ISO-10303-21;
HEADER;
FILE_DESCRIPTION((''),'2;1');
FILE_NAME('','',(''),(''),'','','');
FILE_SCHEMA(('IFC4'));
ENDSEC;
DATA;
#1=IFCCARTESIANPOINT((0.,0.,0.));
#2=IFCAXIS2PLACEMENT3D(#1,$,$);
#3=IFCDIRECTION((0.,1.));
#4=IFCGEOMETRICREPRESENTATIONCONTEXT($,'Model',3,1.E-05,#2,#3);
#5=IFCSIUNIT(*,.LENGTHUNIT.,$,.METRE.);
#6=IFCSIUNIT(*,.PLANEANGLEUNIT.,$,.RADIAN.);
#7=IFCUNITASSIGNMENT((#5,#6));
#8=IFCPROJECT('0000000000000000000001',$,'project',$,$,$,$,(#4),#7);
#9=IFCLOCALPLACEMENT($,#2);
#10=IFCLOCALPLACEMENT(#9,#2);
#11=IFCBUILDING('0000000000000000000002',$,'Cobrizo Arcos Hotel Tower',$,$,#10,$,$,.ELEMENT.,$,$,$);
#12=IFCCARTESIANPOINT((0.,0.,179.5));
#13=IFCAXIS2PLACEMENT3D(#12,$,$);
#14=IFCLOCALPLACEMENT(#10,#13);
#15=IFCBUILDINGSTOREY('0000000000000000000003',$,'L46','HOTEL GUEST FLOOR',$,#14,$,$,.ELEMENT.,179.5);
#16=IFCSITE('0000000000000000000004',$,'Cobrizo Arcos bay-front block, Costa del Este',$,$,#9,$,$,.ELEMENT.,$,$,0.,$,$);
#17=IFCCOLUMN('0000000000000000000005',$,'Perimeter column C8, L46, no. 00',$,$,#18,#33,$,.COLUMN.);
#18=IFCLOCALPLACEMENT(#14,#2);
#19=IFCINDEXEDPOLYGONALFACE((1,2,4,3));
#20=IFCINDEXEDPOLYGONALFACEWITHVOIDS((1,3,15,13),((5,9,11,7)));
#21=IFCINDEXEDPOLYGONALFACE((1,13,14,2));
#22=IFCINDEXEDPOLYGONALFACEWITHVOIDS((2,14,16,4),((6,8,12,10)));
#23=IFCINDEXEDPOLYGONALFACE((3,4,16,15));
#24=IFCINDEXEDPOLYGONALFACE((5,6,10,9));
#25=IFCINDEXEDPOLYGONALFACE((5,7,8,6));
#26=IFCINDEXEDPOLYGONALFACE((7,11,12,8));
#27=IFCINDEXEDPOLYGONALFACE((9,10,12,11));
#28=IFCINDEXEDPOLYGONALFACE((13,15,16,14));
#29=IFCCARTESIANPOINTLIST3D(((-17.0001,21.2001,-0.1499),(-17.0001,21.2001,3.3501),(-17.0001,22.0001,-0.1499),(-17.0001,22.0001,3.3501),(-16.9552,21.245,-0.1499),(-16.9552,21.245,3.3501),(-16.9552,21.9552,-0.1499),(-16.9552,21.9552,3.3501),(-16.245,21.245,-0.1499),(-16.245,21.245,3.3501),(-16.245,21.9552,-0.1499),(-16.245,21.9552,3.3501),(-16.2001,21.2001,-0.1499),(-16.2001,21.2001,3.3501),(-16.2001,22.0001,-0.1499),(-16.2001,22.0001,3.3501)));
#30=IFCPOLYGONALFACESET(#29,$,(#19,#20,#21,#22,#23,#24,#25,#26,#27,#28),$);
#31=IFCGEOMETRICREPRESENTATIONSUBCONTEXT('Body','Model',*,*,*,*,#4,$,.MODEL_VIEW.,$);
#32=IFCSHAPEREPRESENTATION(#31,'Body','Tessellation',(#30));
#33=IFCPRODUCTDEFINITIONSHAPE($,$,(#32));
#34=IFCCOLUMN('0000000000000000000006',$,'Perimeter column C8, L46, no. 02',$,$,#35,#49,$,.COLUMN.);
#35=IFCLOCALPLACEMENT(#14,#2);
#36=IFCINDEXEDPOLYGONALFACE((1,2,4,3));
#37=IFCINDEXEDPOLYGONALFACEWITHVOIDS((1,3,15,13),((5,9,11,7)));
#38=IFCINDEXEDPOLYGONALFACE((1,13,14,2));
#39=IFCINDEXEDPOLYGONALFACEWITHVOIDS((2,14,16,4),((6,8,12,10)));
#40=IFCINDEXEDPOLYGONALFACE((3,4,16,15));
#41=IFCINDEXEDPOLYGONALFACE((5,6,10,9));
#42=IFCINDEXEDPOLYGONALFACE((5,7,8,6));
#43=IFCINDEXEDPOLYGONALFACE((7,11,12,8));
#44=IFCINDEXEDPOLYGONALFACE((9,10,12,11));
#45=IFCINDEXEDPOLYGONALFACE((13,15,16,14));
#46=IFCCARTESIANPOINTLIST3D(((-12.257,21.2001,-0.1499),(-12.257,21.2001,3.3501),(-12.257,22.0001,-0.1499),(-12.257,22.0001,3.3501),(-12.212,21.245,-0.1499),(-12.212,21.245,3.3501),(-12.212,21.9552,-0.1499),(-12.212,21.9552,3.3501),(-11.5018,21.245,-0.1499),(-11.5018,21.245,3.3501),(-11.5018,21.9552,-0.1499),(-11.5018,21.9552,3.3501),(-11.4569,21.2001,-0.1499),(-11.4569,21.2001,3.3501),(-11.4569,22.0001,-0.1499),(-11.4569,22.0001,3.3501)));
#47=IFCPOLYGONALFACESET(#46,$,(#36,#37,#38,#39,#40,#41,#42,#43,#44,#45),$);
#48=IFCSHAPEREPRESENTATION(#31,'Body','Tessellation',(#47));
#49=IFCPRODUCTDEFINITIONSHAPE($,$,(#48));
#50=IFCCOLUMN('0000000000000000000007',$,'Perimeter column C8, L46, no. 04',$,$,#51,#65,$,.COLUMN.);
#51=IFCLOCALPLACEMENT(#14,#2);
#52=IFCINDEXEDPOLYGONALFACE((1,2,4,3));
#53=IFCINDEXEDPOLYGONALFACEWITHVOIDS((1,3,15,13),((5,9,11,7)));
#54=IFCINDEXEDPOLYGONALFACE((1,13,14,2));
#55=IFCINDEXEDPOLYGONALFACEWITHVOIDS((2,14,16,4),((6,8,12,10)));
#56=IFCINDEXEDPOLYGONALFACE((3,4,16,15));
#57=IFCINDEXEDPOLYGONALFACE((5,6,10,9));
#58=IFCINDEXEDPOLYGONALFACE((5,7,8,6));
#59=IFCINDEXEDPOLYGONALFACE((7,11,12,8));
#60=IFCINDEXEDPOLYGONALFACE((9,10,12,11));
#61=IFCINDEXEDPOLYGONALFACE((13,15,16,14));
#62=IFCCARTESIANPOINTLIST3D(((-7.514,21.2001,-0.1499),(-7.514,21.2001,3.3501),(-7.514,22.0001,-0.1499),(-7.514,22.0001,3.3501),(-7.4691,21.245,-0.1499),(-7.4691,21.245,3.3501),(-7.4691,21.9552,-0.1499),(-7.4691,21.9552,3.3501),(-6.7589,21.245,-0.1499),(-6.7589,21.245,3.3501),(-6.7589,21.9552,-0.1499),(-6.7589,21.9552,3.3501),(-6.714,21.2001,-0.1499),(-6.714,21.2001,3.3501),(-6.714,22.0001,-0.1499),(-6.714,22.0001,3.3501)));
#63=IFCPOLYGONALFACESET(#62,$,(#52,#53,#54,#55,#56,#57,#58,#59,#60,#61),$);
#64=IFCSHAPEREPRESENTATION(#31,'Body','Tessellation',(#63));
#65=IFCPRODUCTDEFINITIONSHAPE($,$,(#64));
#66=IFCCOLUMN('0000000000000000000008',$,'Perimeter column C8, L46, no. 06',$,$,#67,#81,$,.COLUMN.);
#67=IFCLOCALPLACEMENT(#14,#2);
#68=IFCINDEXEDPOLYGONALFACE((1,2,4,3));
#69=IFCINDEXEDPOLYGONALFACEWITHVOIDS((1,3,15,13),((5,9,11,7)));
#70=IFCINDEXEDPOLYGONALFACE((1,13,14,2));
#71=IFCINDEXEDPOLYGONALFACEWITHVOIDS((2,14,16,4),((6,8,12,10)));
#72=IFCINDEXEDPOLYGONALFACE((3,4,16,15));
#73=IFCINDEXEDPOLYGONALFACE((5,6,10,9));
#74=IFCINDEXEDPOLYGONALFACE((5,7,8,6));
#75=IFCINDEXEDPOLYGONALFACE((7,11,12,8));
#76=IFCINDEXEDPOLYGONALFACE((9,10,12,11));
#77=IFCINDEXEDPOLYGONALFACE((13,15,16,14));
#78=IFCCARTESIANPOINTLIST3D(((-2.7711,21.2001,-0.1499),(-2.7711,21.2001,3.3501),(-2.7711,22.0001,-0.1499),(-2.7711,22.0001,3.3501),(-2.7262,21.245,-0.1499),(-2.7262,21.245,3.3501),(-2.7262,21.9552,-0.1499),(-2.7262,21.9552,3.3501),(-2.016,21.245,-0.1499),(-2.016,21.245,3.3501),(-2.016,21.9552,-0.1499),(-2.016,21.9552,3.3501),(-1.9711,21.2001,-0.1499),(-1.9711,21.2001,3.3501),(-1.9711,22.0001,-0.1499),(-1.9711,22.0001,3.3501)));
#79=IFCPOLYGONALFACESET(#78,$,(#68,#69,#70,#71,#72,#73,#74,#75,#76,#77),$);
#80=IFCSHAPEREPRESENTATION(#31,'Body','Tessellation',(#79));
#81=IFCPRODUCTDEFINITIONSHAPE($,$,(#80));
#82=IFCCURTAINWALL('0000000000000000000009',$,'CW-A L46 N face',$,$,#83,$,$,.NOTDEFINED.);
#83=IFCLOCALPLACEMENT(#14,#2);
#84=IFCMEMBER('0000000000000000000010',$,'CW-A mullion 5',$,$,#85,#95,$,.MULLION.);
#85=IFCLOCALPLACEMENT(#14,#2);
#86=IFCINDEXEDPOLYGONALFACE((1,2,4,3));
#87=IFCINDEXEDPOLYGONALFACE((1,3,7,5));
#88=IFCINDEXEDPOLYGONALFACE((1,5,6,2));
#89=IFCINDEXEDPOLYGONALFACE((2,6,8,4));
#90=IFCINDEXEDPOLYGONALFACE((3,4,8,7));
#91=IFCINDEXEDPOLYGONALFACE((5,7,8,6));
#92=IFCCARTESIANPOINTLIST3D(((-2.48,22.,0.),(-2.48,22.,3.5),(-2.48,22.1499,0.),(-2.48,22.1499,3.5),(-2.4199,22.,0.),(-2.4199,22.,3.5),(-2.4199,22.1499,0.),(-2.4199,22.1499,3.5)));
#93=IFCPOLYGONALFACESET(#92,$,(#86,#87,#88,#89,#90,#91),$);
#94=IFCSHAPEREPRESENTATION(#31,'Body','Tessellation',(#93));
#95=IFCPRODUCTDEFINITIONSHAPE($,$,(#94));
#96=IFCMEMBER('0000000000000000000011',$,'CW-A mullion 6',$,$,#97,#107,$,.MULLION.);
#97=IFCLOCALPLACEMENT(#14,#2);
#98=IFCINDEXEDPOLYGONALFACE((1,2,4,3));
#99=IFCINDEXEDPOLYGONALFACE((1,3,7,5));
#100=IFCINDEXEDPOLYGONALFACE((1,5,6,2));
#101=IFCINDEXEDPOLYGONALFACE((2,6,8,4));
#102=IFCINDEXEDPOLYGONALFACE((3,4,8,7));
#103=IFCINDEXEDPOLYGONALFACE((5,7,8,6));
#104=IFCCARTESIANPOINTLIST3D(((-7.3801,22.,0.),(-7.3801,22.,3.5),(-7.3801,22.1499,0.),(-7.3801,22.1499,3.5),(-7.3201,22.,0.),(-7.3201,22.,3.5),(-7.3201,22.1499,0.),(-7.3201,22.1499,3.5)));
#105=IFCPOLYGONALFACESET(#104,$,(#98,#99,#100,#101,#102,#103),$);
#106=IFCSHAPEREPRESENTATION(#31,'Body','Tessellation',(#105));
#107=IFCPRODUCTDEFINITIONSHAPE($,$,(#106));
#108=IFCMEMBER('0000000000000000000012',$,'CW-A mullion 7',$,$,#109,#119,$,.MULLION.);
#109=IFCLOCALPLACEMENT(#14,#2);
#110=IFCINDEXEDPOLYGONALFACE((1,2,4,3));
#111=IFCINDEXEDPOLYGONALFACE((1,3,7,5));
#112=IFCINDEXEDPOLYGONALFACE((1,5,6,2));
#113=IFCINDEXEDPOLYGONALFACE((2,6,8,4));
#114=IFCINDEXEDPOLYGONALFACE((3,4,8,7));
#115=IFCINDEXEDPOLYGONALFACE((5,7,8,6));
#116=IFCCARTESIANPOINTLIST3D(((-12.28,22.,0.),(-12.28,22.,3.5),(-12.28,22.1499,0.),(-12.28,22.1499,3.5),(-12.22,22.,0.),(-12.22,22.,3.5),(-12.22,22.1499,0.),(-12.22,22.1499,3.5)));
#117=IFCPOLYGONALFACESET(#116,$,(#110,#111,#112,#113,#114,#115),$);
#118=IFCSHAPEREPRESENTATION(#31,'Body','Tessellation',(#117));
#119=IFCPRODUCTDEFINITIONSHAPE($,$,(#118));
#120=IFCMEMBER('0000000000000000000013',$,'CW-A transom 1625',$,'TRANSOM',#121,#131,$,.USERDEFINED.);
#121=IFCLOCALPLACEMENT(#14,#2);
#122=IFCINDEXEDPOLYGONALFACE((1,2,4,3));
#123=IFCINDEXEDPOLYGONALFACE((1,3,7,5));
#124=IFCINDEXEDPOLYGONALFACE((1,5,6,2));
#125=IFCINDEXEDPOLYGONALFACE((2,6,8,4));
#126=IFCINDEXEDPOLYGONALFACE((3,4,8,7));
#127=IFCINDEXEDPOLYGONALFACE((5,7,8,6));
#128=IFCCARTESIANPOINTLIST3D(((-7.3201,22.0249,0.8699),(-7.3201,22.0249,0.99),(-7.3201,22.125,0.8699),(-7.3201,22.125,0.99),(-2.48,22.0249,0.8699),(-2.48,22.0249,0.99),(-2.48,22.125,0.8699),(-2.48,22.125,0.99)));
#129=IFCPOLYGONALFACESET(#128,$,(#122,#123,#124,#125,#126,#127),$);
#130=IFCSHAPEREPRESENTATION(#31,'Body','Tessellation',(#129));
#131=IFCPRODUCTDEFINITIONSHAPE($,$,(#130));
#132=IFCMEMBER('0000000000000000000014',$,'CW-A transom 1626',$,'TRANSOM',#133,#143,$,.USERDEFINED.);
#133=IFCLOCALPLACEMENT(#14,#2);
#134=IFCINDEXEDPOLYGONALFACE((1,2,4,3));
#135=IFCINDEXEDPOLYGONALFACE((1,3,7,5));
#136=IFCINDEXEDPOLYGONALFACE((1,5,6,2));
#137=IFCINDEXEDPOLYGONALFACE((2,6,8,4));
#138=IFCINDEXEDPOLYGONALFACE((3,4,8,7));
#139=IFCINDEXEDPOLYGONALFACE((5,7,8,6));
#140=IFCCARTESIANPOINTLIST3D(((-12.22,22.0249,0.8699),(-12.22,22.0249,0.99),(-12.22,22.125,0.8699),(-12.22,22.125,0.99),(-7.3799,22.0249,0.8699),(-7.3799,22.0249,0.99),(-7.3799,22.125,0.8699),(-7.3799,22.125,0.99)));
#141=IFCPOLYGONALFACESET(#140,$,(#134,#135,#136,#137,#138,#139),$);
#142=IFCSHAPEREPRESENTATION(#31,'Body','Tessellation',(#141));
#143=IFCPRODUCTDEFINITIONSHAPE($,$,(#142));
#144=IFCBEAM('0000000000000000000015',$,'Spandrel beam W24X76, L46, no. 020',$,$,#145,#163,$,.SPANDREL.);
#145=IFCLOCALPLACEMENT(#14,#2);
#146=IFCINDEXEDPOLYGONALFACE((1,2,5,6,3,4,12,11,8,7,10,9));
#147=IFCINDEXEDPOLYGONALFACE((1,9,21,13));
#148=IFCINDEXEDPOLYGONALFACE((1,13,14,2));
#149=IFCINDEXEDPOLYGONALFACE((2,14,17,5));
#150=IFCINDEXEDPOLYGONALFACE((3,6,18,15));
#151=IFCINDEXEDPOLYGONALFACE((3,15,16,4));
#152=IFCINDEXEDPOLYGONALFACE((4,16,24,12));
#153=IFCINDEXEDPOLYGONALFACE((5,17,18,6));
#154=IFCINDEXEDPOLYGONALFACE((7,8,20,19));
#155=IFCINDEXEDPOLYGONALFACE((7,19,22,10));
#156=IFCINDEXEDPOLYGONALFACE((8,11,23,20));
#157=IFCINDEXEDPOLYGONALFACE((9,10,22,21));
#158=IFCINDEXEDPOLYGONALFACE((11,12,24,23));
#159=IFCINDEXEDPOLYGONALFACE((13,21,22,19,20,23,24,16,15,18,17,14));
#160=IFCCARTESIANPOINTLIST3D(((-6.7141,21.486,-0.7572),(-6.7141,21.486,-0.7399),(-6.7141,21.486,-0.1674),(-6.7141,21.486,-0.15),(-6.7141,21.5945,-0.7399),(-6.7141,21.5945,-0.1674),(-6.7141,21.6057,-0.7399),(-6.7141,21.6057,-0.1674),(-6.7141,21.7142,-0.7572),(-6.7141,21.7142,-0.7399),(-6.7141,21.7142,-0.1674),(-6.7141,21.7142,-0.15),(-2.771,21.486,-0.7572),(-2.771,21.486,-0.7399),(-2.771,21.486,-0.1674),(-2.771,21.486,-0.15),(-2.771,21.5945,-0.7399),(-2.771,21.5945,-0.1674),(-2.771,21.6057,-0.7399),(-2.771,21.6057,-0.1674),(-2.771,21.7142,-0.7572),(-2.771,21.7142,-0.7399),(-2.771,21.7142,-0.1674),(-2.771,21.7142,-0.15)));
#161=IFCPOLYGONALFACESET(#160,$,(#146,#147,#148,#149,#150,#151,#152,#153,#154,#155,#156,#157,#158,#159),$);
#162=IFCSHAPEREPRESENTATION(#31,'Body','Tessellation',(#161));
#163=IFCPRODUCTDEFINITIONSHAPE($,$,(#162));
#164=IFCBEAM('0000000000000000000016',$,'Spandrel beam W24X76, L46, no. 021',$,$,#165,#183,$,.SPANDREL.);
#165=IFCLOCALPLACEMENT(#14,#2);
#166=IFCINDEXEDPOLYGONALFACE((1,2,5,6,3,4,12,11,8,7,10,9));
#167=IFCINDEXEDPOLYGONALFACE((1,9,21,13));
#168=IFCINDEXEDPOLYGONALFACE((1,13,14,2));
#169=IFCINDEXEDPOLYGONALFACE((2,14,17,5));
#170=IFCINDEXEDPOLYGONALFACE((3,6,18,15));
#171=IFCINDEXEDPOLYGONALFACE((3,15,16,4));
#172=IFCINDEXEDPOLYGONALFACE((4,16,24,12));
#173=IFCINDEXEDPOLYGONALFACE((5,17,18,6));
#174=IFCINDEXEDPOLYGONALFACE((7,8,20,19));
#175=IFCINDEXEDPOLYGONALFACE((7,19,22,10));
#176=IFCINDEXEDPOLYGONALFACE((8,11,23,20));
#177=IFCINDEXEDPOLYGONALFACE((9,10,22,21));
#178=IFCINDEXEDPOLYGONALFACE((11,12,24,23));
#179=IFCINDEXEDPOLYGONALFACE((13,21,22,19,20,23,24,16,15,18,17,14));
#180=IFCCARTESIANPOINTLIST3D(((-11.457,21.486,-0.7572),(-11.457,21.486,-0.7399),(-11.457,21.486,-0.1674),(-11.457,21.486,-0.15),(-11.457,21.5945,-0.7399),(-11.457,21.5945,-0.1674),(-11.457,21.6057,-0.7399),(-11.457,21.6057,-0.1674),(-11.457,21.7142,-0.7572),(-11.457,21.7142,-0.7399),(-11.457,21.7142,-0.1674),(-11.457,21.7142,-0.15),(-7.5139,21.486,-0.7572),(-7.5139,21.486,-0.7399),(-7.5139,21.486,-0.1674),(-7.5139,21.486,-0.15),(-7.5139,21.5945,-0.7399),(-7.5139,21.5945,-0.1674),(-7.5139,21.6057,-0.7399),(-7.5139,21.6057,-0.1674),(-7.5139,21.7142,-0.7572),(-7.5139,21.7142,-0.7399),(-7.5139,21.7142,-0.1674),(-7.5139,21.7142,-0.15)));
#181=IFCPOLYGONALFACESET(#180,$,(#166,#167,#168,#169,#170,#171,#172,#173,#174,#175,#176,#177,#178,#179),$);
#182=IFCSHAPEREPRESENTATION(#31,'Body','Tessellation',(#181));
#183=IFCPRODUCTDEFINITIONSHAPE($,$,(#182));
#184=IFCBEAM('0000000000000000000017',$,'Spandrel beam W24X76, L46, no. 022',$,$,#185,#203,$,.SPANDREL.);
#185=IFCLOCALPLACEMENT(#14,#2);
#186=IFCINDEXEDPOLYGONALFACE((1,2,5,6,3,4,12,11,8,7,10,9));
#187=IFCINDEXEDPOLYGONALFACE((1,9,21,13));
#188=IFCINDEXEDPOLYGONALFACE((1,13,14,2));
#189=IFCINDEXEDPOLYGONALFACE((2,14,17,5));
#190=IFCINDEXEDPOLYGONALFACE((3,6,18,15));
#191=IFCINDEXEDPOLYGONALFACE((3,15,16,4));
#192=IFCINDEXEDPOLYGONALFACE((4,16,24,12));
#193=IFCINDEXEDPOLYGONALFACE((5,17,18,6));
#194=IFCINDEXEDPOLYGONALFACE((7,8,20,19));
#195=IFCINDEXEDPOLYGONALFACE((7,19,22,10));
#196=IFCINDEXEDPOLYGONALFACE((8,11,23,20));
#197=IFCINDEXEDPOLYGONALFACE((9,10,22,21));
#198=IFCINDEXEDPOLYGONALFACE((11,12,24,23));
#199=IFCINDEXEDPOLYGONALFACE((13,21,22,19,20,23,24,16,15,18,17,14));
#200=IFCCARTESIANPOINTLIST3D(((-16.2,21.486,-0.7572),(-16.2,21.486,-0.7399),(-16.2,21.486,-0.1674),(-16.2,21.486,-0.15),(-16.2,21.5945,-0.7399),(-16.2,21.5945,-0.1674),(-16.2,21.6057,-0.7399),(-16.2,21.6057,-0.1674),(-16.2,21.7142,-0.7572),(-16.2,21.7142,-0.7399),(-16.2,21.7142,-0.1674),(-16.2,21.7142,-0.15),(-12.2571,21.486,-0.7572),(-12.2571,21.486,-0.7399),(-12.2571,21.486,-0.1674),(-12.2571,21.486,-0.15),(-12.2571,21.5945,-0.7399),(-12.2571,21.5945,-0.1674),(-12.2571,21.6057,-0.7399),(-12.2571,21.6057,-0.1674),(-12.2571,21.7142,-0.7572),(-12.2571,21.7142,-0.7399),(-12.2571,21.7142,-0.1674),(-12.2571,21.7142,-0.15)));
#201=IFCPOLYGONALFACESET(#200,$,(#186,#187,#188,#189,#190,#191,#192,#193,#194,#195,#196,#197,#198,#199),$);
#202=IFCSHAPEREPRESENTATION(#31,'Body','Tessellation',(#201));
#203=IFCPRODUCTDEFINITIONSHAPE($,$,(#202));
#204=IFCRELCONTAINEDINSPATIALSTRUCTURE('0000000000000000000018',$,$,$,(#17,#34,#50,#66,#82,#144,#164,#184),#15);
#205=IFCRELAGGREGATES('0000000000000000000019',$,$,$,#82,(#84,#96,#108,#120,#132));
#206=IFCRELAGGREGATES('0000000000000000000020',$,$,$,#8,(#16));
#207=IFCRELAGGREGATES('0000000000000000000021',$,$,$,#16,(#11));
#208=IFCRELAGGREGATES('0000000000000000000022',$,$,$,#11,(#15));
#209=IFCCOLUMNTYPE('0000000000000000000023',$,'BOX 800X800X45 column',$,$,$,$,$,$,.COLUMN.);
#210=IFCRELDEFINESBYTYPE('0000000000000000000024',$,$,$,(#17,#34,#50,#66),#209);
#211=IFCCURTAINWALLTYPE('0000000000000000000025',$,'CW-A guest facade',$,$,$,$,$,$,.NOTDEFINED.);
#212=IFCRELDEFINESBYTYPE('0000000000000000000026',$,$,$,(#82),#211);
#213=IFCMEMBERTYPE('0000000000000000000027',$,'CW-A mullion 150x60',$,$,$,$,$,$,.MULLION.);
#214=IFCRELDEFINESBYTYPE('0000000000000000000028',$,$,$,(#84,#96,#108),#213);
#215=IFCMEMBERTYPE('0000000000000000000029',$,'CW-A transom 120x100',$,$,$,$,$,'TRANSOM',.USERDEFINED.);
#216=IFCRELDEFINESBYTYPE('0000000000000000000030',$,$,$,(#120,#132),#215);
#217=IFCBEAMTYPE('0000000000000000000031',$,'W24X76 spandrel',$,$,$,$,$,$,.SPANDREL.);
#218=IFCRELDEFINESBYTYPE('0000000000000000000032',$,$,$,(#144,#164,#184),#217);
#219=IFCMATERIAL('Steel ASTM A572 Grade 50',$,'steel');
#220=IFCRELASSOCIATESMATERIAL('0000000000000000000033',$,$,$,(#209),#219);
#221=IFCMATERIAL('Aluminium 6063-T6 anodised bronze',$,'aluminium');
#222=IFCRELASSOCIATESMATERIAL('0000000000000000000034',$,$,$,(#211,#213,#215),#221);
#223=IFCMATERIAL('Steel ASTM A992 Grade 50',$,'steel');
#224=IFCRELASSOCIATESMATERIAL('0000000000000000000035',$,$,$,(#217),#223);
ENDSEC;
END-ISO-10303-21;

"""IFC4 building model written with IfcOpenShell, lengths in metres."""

from ifc_helpers import new_model, si_unit, direction, frame, origin, origin_2d, place, context, subcontext, project, spatial, rectangle, hollow_rectangle, i_section, extrude, material, material_profile, profile_set, type_object, element, aggregate, save


model = new_model("IFC4")

# Units and contexts
model_context = context("Model", 3, precision=1e-05, world=origin(), true_north=direction((0.0, 1.0)))
body_context = subcontext(model_context, "Body", "Model", "MODEL_VIEW")
ifc_project = project(units=[si_unit("LENGTHUNIT", "METRE"), si_unit("PLANEANGLEUNIT", "RADIAN")], contexts=[model_context])

# Site, building, storey
site_placement = place(None, origin())
site = spatial("IfcSite", under=ifc_project, at=site_placement, Name="Cobrizo Arcos bay-front block, Costa del Este", CompositionType="ELEMENT", RefElevation=0.0)
building_placement = place(site_placement, origin())
building = spatial("IfcBuilding", under=site, at=building_placement, Name="Cobrizo Arcos Hotel Tower", CompositionType="ELEMENT")
storey_placement = place(building_placement, frame((0.0, 0.0, 179.5)))
storey = spatial("IfcBuildingStorey", under=building, at=storey_placement, Name="L46", Description="HOTEL GUEST FLOOR", CompositionType="ELEMENT", Elevation=179.5)

# Columns
ifc_material_1 = material(Name="Steel ASTM A572 Grade 50", Category="steel")
ifc_material_profile_1 = material_profile(ifc_material_1, hollow_rectangle(XDim=0.8, YDim=0.8, WallThickness=0.0449, at=origin_2d()), Name="BOX 800X800X45")
ifc_profile_set_1 = profile_set([ifc_material_profile_1], Name="Steel ASTM A572 Grade 50")
column_type = type_object("IfcColumnType", Name="BOX 800X800X45 column", PredefinedType="COLUMN", material=ifc_profile_set_1)
for number, where, z_axis, x_axis, name in (
    (1, (-16.6001, 21.6001, -0.1499), (0.0, 0.0, 1.0), (1.0, 0.0, 0.0), "Perimeter column C8, L46, no. 00"),
    (2, (-11.8569, 21.6001, -0.1499), (0.0, 0.0, 1.0), (1.0, 0.0, 0.0), "Perimeter column C8, L46, no. 02"),
    (3, (-7.114, 21.6001, -0.1499), (0.0, 0.0, 1.0), (1.0, 0.0, 0.0), "Perimeter column C8, L46, no. 04"),
    (4, (-2.3711, 21.6001, -0.1499), (0.0, 0.0, 1.0), (1.0, 0.0, 0.0), "Perimeter column C8, L46, no. 06"),
):
    element("IfcColumn", number, at=place(storey_placement, frame(where, z_axis=z_axis, x_axis=x_axis)), inside=storey, type_object=column_type, Name=name, PredefinedType="COLUMN", context=body_context, shape_type="SweptSolid", body=[
        extrude(hollow_rectangle(XDim=0.8, YDim=0.8, WallThickness=0.0449, at=origin_2d()), origin(), (0.0, 0.0, 1.0), 3.5),
    ])

# Curtain wall, members
ifc_material_2 = material(Name="Aluminium 6063-T6 anodised bronze", Category="aluminium")
curtain_wall_type = type_object("IfcCurtainWallType", Name="CW-A guest facade", PredefinedType="NOTDEFINED", material=ifc_material_2)
curtain_wall_placement = place(storey_placement, origin())
curtain_wall = element("IfcCurtainWall", 5, at=curtain_wall_placement, inside=storey, type_object=curtain_wall_type, Name="CW-A L46 N face", PredefinedType="NOTDEFINED")
ifc_material_profile_2 = material_profile(ifc_material_2, rectangle(XDim=0.1499, YDim=0.0601, at=origin_2d()), Name="CW-A mullion 150x60")
ifc_profile_set_2 = profile_set([ifc_material_profile_2], Name="Aluminium 6063-T6 anodised bronze")
member_type_1 = type_object("IfcMemberType", Name="CW-A mullion 150x60", PredefinedType="MULLION", material=ifc_profile_set_2)
member_1_placement = place(storey_placement, frame((-2.45, 22.075, 0.0), z_axis=(0.0, 0.0, 1.0), x_axis=(0.0, 1.0, 0.0)))
member_1 = element("IfcMember", 6, at=member_1_placement, type_object=member_type_1, Name="CW-A mullion 5", PredefinedType="MULLION", context=body_context, shape_type="SweptSolid", body=[
    extrude(rectangle(XDim=0.1499, YDim=0.0601, at=origin_2d()), origin(), (0.0, 0.0, 1.0), 3.5),
])
member_2_placement = place(storey_placement, frame((-7.3501, 22.075, 0.0), z_axis=(0.0, 0.0, 1.0), x_axis=(0.0, 1.0, 0.0)))
member_2 = element("IfcMember", 7, at=member_2_placement, type_object=member_type_1, Name="CW-A mullion 6", PredefinedType="MULLION", context=body_context, shape_type="SweptSolid", body=[
    extrude(rectangle(XDim=0.1499, YDim=0.0601, at=origin_2d()), origin(), (0.0, 0.0, 1.0), 3.5),
])
member_3_placement = place(storey_placement, frame((-12.25, 22.075, 0.0), z_axis=(0.0, 0.0, 1.0), x_axis=(0.0, 1.0, 0.0)))
member_3 = element("IfcMember", 8, at=member_3_placement, type_object=member_type_1, Name="CW-A mullion 7", PredefinedType="MULLION", context=body_context, shape_type="SweptSolid", body=[
    extrude(rectangle(XDim=0.1499, YDim=0.0601, at=origin_2d()), origin(), (0.0, 0.0, 1.0), 3.5),
])
ifc_material_profile_3 = material_profile(ifc_material_2, rectangle(XDim=0.1001, YDim=0.1201, at=origin_2d()), Name="CW-A transom 120x100")
ifc_profile_set_3 = profile_set([ifc_material_profile_3], Name="Aluminium 6063-T6 anodised bronze")
member_type_2 = type_object("IfcMemberType", Name="CW-A transom 120x100", ElementType="TRANSOM", PredefinedType="USERDEFINED", material=ifc_profile_set_3)
member_4_placement = place(storey_placement, frame((-2.48, 22.075, 0.9299), z_axis=(-1.0, 0.0, 0.0), x_axis=(0.0, -1.0, 0.0)))
member_4 = element("IfcMember", 9, at=member_4_placement, type_object=member_type_2, Name="CW-A transom 1625", ObjectType="TRANSOM", PredefinedType="USERDEFINED", context=body_context, shape_type="SweptSolid", body=[
    extrude(rectangle(XDim=0.1001, YDim=0.1201, at=origin_2d()), origin(), (0.0, 0.0, 1.0), 4.8401),
])
member_5_placement = place(storey_placement, frame((-7.3799, 22.075, 0.9299), z_axis=(-1.0, 0.0, 0.0), x_axis=(0.0, -1.0, 0.0)))
member_5 = element("IfcMember", 10, at=member_5_placement, type_object=member_type_2, Name="CW-A transom 1626", ObjectType="TRANSOM", PredefinedType="USERDEFINED", context=body_context, shape_type="SweptSolid", body=[
    extrude(rectangle(XDim=0.1001, YDim=0.1201, at=origin_2d()), origin(), (0.0, 0.0, 1.0), 4.8401),
])

# Beams
ifc_material_3 = material(Name="Steel ASTM A992 Grade 50", Category="steel")
ifc_material_profile_4 = material_profile(ifc_material_3, i_section(OverallWidth=0.2283, OverallDepth=0.6072, WebThickness=0.0112, FlangeThickness=0.0173, at=origin_2d()), Name="W24X76")
ifc_profile_set_4 = profile_set([ifc_material_profile_4], Name="Steel ASTM A992 Grade 50")
beam_type = type_object("IfcBeamType", Name="W24X76 spandrel", PredefinedType="SPANDREL", material=ifc_profile_set_4)
for number, where, z_axis, x_axis, name in (
    (11, (-2.771, 21.6001, -0.4536), (-1.0, 0.0, 0.0), (0.0, -1.0, 0.0), "Spandrel beam W24X76, L46, no. 020"),
    (12, (-7.5139, 21.6001, -0.4536), (-1.0, 0.0, 0.0), (0.0, -1.0, 0.0), "Spandrel beam W24X76, L46, no. 021"),
):
    element("IfcBeam", number, at=place(storey_placement, frame(where, z_axis=z_axis, x_axis=x_axis)), inside=storey, type_object=beam_type, Name=name, PredefinedType="SPANDREL", context=body_context, shape_type="SweptSolid", body=[
        extrude(i_section(OverallWidth=0.2283, OverallDepth=0.6072, WebThickness=0.0112, FlangeThickness=0.0173, at=origin_2d()), origin(), (0.0, 0.0, 1.0), 3.9431),
    ])
beam_placement = place(storey_placement, frame((-12.2571, 21.6001, -0.4536), z_axis=(-1.0, 0.0, 0.0), x_axis=(0.0, -1.0, 0.0)))
element("IfcBeam", 13, at=beam_placement, inside=storey, type_object=beam_type, Name="Spandrel beam W24X76, L46, no. 022", PredefinedType="SPANDREL", context=body_context, shape_type="SweptSolid", body=[
    extrude(i_section(OverallWidth=0.2283, OverallDepth=0.6072, WebThickness=0.0112, FlangeThickness=0.0173, at=origin_2d()), origin(), (0.0, 0.0, 1.0), 3.9429),
])

aggregate(curtain_wall, [member_1, member_2, member_3, member_4, member_5])

save(model, "model.ifc")
